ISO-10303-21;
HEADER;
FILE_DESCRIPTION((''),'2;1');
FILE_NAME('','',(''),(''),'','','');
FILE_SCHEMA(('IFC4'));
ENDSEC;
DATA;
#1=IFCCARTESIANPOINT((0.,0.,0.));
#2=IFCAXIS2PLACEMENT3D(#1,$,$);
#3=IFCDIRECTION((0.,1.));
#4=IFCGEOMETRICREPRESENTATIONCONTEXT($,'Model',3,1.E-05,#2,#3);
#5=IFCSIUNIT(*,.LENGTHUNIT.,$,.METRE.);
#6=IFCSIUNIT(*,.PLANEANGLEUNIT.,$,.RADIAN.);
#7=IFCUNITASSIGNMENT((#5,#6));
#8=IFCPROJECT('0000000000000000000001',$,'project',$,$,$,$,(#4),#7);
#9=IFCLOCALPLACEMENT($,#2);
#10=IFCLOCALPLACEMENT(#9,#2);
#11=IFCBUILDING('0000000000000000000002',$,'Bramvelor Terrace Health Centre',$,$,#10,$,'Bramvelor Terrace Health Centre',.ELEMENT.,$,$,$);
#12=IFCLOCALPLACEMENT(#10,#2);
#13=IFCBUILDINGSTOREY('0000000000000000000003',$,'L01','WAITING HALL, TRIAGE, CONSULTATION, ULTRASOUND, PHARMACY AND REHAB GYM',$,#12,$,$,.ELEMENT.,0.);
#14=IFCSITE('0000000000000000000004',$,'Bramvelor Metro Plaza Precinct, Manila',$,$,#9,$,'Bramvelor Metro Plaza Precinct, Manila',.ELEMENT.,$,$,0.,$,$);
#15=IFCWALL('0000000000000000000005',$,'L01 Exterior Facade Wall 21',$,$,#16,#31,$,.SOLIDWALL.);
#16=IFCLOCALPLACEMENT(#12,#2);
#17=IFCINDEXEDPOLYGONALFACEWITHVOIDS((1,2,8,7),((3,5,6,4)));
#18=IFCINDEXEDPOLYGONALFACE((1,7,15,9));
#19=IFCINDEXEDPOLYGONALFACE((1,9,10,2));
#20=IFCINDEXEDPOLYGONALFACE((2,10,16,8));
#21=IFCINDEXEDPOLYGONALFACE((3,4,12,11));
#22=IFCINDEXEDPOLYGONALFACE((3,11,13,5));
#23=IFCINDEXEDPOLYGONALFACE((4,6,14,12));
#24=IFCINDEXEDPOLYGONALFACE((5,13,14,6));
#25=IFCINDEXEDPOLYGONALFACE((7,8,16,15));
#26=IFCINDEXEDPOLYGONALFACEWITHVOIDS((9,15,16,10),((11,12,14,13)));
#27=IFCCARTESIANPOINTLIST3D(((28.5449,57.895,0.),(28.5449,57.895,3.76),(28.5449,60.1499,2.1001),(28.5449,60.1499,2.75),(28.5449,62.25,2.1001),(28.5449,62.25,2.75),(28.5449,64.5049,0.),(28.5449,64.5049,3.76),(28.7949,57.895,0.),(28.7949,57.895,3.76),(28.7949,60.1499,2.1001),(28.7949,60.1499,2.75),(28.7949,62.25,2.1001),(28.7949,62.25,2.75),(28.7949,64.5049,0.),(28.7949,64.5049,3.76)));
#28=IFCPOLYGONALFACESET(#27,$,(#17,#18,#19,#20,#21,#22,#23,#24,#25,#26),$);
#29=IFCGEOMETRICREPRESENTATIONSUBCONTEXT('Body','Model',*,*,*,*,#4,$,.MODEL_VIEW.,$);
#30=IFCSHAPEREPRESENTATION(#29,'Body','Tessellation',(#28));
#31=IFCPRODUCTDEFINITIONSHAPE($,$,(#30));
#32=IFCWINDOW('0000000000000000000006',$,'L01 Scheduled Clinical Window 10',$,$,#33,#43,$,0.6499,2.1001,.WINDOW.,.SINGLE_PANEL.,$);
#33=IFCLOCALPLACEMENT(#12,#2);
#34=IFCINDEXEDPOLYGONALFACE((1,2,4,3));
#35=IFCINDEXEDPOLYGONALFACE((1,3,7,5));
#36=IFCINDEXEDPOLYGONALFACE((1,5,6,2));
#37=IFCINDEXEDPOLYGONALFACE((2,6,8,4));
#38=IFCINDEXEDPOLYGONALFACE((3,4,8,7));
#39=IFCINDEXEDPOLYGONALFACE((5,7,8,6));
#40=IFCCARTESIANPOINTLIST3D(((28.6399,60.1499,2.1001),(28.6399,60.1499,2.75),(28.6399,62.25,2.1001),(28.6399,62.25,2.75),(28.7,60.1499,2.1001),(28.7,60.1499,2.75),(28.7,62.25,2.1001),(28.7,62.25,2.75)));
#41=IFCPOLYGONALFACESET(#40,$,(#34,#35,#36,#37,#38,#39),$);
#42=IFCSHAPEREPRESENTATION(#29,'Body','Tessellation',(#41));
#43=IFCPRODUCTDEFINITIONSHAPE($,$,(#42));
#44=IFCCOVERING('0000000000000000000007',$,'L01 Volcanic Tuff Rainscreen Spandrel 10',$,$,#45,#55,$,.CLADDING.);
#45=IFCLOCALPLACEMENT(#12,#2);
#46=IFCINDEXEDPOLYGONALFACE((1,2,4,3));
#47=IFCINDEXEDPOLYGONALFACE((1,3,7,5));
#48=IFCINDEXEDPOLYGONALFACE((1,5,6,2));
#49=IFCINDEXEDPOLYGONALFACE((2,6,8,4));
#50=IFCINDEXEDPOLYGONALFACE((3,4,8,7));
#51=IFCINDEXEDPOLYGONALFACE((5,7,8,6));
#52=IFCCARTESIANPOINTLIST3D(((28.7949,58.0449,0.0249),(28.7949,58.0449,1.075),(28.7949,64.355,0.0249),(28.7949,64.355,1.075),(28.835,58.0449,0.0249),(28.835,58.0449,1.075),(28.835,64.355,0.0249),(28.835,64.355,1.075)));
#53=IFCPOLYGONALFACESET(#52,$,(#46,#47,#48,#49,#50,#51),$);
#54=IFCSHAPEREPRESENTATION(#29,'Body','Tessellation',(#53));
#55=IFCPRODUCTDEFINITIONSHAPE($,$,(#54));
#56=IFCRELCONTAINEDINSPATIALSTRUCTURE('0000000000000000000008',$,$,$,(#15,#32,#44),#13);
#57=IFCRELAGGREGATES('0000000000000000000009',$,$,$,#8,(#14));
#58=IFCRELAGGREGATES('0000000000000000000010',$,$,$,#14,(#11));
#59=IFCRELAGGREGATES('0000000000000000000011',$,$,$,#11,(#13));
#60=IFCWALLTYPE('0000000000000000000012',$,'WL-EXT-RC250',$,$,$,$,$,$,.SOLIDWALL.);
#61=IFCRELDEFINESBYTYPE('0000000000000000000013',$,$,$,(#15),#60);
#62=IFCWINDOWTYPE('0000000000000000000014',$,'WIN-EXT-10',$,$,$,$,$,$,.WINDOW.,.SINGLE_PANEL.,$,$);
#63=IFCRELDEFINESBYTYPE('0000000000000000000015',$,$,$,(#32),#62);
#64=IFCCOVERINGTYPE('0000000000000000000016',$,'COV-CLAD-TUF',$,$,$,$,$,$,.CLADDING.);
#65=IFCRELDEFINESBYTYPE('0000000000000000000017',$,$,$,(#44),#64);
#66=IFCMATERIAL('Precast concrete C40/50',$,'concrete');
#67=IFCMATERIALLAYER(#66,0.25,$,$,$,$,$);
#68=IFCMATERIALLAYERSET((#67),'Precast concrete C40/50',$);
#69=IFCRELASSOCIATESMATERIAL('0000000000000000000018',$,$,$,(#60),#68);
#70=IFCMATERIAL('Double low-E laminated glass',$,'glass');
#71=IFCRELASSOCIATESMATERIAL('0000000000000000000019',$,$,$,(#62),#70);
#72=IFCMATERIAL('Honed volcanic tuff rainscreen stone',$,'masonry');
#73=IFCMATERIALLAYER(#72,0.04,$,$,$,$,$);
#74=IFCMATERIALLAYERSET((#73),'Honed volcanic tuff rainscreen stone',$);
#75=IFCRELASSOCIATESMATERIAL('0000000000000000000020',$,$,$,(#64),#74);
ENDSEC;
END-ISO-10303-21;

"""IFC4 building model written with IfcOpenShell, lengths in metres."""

from ifc_helpers import new_model, si_unit, direction, frame, frame_2d, origin, origin_2d, place, context, subcontext, project, spatial, rectangle, extrude, material, layer, layer_set, type_object, element, fill, save


model = new_model("IFC4")

# Units and contexts
model_context = context("Model", 3, precision=1e-05, world=origin(), true_north=direction((0.0, 1.0)))
body_context = subcontext(model_context, "Body", "Model", "MODEL_VIEW")
ifc_project = project(units=[si_unit("LENGTHUNIT", "METRE"), si_unit("PLANEANGLEUNIT", "RADIAN")], contexts=[model_context])

# Site, building, storey
site_placement = place(None, origin())
site = spatial("IfcSite", under=ifc_project, at=site_placement, Name="Bramvelor Metro Plaza Precinct, Manila", LongName="Bramvelor Metro Plaza Precinct, Manila", CompositionType="ELEMENT", RefElevation=0.0)
building_placement = place(site_placement, origin())
building = spatial("IfcBuilding", under=site, at=building_placement, Name="Bramvelor Terrace Health Centre", LongName="Bramvelor Terrace Health Centre", CompositionType="ELEMENT")
storey_placement = place(building_placement, origin())
storey = spatial("IfcBuildingStorey", under=building, at=storey_placement, Name="L01", Description="WAITING HALL, TRIAGE, CONSULTATION, ULTRASOUND, PHARMACY AND REHAB GYM", CompositionType="ELEMENT", Elevation=0.0)

# Wall, opening, window
ifc_material_1 = material(Name="Precast concrete C40/50", Category="concrete")
ifc_layer_1 = layer(ifc_material_1, 0.25)
ifc_layer_set_1 = layer_set([ifc_layer_1], Name="Precast concrete C40/50")
wall_type = type_object("IfcWallType", Name="WL-EXT-RC250", PredefinedType="SOLIDWALL", material=ifc_layer_set_1)
wall_placement = place(storey_placement, frame((28.6699, 64.5049, 0.0), z_axis=(0.0, 0.0, 1.0), x_axis=(0.0, -1.0, 0.0)))
wall = element("IfcWall", 1, at=wall_placement, inside=storey, type_object=wall_type, Name="L01 Exterior Facade Wall 21", PredefinedType="SOLIDWALL", context=body_context, shape_type="SweptSolid", body=[
    extrude(rectangle(XDim=6.6099, YDim=0.25, at=frame_2d((3.3049, 0.0))), origin(), (0.0, 0.0, 1.0), 3.76),
])
opening_placement = place(wall_placement, frame((2.2549, 0.0, 2.1001)))
opening = element("IfcOpeningElement", 2, at=opening_placement, cuts=wall, PredefinedType="OPENING", context=body_context, shape_type="SweptSolid", body=[
    extrude(rectangle(XDim=2.1001, YDim=0.6499, at=frame_2d((1.05, 0.325))), frame((0.0, 0.135, 0.0), z_axis=(0.0, -1.0, 0.0), x_axis=(1.0, 0.0, 0.0)), (0.0, 0.0, 1.0), 0.27),
])
ifc_material_2 = material(Name="Double low-E laminated glass", Category="glass")
window_type = type_object("IfcWindowType", Name="WIN-EXT-10", PartitioningType="SINGLE_PANEL", PredefinedType="WINDOW", material=ifc_material_2)
window_placement = place(opening_placement, origin())
window = element("IfcWindow", 3, at=window_placement, inside=storey, type_object=window_type, Name="L01 Scheduled Clinical Window 10", OverallHeight=0.6499, OverallWidth=2.1001, PartitioningType="SINGLE_PANEL", PredefinedType="WINDOW", context=body_context, shape_type="SweptSolid", body=[
    extrude(rectangle(XDim=2.1001, YDim=0.6499, at=frame_2d((1.05, 0.325))), frame((0.0, 0.03, 0.0), z_axis=(0.0, -1.0, 0.0), x_axis=(1.0, 0.0, 0.0)), (0.0, 0.0, 1.0), 0.0601),
])
fill(opening, window)

# Covering
ifc_material_3 = material(Name="Honed volcanic tuff rainscreen stone", Category="masonry")
ifc_layer_2 = layer(ifc_material_3, 0.04)
ifc_layer_set_2 = layer_set([ifc_layer_2], Name="Honed volcanic tuff rainscreen stone")
covering_type = type_object("IfcCoveringType", Name="COV-CLAD-TUF", PredefinedType="CLADDING", material=ifc_layer_set_2)
covering_placement = place(storey_placement, frame((28.8149, 61.2, 0.0249), z_axis=(0.0, 0.0, 1.0), x_axis=(1.0, 0.0, 0.0)))
element("IfcCovering", 4, at=covering_placement, inside=storey, type_object=covering_type, Name="L01 Volcanic Tuff Rainscreen Spandrel 10", PredefinedType="CLADDING", context=body_context, shape_type="SweptSolid", body=[
    extrude(rectangle(XDim=0.04, YDim=6.3101, at=origin_2d()), origin(), (0.0, 0.0, 1.0), 1.05),
])

save(model, "model.ifc")
